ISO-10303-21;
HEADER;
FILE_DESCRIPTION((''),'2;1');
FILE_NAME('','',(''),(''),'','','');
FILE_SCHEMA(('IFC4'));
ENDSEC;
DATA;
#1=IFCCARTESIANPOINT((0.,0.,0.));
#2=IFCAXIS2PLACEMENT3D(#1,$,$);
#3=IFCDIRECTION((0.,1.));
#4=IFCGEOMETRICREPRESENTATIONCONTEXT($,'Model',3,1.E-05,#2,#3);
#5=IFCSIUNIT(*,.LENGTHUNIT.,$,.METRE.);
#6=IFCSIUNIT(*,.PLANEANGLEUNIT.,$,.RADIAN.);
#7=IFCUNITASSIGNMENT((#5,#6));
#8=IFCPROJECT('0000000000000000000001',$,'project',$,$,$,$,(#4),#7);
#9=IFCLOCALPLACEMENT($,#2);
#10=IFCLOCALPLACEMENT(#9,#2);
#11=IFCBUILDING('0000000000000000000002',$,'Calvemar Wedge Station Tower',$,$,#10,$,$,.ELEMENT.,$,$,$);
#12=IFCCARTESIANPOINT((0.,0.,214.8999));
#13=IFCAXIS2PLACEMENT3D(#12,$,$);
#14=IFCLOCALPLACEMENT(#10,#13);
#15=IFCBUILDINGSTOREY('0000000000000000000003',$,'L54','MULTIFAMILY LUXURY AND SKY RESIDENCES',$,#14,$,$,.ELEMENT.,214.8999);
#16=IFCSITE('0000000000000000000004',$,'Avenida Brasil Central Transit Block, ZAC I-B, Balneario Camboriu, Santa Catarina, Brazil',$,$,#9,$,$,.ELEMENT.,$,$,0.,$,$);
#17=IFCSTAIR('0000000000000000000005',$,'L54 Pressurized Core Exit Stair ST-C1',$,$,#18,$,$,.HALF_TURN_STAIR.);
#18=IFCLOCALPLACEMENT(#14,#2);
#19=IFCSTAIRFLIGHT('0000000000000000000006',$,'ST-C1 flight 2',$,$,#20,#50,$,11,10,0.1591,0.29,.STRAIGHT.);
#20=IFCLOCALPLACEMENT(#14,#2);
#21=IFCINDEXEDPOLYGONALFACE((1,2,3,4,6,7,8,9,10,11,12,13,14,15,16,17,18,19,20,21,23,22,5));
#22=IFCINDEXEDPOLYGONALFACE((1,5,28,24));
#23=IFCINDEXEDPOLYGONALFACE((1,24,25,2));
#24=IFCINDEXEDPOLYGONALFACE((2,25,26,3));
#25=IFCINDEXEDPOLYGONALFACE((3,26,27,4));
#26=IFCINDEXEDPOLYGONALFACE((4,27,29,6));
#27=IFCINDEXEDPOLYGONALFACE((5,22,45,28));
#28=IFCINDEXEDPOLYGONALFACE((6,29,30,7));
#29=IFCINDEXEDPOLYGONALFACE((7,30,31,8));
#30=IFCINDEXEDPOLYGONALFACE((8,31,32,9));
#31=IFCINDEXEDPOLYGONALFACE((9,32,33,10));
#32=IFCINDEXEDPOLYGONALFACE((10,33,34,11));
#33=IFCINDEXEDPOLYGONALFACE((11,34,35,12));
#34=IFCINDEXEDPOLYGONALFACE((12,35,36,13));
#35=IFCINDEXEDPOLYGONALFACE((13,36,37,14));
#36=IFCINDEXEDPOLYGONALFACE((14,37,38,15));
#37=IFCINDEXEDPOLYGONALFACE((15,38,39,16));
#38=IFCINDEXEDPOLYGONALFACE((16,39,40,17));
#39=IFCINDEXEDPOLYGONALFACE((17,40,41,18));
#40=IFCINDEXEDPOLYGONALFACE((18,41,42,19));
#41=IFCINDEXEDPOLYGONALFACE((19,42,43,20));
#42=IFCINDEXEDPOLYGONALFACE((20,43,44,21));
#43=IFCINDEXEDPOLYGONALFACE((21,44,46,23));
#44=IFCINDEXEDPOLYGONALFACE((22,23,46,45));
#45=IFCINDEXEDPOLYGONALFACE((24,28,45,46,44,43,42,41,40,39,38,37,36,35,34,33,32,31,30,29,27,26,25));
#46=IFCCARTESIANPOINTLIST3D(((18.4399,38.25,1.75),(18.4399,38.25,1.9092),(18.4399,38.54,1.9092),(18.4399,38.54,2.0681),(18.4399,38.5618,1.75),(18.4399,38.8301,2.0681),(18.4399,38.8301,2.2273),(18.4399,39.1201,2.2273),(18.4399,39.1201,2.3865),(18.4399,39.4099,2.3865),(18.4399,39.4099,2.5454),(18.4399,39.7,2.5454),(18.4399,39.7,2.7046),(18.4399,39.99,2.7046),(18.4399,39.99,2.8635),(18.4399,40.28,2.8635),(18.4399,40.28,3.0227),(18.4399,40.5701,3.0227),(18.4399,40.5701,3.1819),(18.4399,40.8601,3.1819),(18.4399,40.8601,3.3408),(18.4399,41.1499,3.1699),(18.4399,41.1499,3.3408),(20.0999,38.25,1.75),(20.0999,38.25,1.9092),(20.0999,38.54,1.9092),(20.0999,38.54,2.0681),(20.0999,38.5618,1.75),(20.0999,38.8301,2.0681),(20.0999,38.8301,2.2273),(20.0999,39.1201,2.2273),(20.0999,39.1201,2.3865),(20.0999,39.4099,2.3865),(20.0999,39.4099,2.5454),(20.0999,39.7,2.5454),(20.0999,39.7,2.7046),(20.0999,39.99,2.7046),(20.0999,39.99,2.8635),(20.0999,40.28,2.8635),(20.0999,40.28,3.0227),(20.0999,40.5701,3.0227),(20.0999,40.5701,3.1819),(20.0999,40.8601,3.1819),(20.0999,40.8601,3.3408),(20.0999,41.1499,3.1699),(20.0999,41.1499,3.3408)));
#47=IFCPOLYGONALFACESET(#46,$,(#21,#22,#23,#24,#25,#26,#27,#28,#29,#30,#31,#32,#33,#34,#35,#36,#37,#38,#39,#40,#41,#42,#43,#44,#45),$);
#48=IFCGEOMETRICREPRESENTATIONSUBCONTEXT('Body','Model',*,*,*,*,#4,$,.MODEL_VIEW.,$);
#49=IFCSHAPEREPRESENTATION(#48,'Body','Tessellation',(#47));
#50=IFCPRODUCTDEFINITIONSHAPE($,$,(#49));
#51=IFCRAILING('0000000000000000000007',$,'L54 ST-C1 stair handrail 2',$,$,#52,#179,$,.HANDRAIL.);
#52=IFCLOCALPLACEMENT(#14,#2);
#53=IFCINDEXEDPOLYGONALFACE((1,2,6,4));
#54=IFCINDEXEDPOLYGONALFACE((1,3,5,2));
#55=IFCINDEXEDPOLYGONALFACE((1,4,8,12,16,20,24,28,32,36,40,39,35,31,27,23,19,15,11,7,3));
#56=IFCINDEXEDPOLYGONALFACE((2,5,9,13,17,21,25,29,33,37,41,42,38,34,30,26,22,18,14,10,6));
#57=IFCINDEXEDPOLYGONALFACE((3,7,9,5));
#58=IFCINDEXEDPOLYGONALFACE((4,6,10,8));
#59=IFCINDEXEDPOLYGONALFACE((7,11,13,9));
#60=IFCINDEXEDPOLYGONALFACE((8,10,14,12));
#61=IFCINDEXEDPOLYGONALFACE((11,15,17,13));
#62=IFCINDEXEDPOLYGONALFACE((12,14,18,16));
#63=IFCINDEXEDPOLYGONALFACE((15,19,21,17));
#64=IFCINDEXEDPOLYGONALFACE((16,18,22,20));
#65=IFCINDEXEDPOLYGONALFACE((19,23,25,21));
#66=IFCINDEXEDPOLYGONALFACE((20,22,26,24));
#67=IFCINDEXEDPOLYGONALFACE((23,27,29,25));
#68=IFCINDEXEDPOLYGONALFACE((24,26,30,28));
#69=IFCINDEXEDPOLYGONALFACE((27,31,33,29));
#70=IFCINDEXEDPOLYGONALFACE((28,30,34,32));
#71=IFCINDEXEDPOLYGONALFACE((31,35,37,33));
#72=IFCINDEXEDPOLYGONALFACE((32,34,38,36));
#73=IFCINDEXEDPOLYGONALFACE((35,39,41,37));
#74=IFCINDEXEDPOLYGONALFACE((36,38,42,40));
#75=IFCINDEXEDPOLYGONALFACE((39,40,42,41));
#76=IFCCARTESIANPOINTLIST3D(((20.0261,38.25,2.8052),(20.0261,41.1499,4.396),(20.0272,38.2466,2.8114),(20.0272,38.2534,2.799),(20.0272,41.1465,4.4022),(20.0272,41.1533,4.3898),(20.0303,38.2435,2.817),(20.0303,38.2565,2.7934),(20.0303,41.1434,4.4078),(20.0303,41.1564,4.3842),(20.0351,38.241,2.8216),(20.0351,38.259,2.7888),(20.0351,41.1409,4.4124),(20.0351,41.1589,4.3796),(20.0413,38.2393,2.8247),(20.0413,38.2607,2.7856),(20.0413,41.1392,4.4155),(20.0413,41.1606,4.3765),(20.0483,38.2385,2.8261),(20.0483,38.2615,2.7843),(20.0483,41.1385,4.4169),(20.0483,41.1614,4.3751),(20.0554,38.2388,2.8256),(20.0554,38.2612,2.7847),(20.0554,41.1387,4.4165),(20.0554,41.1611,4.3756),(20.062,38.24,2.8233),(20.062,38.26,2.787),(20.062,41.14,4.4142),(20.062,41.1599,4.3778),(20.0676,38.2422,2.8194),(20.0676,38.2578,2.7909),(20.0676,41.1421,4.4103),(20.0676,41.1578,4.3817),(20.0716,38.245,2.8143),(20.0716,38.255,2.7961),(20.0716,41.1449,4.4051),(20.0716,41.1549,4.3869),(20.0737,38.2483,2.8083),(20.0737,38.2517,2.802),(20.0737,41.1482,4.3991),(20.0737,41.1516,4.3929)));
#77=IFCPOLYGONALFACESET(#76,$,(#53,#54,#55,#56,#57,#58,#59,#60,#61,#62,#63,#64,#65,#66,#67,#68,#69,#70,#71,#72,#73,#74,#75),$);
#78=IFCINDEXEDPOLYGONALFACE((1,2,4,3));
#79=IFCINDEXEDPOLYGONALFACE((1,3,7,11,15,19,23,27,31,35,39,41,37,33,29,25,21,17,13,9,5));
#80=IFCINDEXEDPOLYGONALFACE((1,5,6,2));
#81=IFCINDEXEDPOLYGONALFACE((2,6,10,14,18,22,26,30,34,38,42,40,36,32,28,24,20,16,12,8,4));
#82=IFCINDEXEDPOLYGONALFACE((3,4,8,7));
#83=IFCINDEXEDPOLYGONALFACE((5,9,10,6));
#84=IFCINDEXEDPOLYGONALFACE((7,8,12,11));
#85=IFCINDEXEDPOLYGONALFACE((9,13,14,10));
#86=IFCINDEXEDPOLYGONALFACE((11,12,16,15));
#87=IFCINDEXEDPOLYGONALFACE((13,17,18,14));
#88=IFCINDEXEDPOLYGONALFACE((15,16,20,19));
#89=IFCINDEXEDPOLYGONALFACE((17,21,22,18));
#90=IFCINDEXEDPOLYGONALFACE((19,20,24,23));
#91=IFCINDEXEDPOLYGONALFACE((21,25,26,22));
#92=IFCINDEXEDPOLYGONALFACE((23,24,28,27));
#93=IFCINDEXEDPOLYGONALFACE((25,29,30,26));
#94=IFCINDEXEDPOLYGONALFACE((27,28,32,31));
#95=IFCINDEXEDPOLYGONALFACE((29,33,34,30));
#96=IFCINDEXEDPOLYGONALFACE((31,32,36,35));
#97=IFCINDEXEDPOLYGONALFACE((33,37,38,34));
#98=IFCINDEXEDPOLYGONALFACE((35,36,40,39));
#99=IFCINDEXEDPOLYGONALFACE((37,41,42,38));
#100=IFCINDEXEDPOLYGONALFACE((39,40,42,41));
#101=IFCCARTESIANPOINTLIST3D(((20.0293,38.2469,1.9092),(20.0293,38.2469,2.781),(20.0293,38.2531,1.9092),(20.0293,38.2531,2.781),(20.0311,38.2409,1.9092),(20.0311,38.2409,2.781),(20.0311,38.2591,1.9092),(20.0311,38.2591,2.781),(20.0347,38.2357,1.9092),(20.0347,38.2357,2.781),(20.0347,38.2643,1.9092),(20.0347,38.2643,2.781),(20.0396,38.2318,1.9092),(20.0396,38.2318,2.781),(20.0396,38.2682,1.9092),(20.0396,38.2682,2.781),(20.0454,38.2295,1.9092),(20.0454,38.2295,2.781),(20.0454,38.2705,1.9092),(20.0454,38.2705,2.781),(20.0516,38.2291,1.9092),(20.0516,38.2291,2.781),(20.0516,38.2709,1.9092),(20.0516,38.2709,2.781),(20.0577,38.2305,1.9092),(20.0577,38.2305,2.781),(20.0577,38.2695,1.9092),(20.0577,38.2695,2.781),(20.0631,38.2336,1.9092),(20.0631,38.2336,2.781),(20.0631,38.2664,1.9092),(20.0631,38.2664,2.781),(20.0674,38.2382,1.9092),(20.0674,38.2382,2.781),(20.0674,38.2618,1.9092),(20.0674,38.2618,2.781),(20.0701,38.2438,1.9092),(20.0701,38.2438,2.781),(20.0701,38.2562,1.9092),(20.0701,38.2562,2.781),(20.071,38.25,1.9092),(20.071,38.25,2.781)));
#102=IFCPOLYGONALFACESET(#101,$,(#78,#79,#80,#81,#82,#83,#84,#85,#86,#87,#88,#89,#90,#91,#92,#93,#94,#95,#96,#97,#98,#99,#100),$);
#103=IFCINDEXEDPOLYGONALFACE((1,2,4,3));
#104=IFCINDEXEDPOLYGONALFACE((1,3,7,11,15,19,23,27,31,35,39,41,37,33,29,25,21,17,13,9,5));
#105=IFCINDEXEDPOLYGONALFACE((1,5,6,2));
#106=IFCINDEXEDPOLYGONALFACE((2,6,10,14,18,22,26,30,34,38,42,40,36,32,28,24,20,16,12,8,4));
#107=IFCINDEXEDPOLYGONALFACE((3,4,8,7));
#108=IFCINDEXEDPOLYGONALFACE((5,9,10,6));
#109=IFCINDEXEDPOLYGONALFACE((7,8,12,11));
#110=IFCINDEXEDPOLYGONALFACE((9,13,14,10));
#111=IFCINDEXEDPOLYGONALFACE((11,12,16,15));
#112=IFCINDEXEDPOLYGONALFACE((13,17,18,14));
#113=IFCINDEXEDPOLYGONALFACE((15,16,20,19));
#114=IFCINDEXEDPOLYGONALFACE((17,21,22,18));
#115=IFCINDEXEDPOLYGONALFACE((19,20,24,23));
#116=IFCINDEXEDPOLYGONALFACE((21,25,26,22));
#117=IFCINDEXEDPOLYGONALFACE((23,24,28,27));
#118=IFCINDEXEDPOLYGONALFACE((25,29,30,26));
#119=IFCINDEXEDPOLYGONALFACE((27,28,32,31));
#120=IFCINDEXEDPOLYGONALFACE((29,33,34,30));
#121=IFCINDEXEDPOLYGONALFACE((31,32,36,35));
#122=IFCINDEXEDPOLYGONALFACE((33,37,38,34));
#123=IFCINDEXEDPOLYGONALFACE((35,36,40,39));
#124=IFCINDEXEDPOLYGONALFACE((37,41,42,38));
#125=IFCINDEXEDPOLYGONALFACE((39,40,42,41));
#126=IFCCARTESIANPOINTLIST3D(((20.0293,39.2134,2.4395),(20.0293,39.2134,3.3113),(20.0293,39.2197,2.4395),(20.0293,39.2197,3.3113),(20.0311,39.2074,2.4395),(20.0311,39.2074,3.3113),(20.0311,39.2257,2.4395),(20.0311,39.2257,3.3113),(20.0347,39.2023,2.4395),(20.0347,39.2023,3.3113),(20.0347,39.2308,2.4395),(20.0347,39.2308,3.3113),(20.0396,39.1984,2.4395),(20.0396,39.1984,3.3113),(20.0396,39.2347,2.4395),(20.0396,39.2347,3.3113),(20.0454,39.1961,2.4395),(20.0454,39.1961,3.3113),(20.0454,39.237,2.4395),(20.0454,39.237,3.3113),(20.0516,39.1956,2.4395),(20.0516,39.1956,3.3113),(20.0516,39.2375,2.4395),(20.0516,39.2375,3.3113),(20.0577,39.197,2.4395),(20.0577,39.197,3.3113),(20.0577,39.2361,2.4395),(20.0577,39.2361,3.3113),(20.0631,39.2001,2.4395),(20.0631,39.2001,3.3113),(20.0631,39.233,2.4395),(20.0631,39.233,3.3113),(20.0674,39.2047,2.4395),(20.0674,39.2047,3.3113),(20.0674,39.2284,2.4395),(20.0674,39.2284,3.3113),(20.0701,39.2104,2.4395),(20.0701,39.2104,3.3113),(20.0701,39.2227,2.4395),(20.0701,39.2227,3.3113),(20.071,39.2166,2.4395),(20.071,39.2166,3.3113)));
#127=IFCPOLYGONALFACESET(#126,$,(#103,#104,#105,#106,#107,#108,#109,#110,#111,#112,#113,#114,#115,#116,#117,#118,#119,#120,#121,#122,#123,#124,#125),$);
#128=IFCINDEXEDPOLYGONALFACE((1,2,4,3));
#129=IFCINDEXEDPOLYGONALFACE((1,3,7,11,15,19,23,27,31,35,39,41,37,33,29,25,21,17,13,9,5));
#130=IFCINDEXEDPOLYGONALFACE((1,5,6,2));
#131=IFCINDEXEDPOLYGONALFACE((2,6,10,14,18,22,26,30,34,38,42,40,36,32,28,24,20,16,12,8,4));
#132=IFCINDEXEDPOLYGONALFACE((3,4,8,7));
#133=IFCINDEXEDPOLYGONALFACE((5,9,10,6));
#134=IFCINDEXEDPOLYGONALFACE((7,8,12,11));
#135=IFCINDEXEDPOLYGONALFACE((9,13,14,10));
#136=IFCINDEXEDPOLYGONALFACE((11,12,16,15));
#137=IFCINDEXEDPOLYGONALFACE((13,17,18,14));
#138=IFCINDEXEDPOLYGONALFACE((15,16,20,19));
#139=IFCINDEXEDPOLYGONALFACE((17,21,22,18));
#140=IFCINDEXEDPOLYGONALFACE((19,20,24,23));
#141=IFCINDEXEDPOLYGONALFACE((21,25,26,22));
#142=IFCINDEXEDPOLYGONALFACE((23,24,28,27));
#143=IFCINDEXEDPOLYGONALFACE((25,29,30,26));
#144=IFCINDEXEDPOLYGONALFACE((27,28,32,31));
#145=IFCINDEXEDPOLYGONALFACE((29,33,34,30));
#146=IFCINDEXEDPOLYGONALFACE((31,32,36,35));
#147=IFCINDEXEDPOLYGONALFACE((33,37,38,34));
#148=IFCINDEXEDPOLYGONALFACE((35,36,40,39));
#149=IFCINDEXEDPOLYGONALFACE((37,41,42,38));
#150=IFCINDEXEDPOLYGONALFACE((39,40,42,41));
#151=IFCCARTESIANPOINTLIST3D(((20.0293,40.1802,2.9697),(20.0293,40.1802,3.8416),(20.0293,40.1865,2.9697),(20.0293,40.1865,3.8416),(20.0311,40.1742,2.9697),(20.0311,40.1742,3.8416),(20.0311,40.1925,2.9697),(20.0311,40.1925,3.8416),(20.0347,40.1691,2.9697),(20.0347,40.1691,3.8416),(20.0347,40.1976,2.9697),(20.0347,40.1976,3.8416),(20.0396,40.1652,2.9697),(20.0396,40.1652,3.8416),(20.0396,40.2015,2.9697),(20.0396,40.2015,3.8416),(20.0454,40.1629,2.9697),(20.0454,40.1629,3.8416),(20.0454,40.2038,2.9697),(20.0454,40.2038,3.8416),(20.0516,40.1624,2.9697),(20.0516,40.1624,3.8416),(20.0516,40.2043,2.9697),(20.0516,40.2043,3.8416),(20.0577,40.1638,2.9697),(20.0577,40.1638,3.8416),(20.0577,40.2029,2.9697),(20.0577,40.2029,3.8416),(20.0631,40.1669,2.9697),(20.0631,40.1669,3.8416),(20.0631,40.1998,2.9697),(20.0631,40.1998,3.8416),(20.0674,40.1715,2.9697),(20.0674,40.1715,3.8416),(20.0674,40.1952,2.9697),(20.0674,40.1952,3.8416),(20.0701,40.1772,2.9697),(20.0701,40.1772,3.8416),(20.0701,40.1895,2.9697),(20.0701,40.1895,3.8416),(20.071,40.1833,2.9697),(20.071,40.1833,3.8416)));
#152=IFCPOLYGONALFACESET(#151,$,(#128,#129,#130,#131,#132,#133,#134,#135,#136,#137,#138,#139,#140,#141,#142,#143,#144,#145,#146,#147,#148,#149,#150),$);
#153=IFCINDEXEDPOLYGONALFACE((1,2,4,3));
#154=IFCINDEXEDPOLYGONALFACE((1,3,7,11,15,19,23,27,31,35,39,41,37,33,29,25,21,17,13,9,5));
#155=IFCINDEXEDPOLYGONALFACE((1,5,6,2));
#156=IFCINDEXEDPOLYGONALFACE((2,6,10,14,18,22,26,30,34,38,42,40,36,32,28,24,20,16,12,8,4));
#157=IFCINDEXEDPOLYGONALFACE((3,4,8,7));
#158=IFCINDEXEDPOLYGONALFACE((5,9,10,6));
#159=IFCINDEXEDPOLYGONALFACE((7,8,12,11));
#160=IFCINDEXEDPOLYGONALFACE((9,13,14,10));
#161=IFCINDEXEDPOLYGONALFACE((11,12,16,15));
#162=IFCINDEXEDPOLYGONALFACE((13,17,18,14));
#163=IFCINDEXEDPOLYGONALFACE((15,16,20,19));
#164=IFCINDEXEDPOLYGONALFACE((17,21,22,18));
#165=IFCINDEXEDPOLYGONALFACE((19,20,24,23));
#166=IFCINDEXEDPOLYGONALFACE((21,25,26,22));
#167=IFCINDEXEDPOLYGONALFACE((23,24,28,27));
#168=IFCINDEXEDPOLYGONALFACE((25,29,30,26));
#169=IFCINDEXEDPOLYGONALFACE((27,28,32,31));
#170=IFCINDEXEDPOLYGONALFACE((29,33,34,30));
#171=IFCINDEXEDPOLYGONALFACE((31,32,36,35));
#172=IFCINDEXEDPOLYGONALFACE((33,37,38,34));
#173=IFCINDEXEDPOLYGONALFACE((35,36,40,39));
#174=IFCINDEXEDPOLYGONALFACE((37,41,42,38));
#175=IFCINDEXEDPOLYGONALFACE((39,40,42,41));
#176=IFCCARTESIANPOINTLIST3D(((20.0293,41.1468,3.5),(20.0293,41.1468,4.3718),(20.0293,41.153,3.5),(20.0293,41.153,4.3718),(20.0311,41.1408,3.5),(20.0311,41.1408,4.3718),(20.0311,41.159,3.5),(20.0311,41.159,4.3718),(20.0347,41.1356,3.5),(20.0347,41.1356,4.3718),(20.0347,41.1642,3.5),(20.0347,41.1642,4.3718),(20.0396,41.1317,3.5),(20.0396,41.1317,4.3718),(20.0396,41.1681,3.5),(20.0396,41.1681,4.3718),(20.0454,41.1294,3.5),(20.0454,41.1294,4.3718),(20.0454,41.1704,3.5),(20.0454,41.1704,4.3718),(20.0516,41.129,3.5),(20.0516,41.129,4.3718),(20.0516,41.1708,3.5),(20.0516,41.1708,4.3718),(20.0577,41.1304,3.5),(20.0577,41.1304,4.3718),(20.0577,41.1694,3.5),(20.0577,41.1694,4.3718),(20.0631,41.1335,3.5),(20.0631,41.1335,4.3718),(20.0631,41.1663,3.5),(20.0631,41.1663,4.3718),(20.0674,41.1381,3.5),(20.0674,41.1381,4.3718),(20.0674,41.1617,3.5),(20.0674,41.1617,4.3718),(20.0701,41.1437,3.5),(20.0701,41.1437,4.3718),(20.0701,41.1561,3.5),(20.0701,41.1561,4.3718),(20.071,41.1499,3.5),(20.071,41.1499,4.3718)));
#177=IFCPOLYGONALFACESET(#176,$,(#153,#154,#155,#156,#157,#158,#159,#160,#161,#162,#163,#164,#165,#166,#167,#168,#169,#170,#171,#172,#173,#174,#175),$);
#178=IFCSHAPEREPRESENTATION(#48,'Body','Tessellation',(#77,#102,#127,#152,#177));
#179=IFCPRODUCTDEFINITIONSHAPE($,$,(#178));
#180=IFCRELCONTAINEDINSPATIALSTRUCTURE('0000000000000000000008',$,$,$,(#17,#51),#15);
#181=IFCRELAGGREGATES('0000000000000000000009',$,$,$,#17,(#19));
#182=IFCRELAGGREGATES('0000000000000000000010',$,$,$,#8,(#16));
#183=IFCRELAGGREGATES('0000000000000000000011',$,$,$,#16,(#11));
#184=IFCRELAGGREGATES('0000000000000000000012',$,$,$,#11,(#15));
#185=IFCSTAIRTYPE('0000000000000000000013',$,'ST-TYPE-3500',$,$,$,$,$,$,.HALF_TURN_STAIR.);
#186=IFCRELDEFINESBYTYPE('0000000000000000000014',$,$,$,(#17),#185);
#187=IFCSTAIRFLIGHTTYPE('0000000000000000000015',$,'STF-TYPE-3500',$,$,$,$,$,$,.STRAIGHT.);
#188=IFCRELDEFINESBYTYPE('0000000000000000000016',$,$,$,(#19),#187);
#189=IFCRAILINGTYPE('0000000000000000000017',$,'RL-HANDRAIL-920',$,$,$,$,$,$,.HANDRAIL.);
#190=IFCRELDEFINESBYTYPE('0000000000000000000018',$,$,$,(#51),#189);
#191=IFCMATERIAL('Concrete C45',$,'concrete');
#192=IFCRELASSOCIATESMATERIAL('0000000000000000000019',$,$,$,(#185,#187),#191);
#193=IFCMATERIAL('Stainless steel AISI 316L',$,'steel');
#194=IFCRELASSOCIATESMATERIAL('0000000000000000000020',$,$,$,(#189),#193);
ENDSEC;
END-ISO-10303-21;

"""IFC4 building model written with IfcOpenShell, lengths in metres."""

from ifc_helpers import new_model, si_unit, direction, frame, origin, origin_2d, place, context, subcontext, project, spatial, polyline, circle, outline, extrude, material, type_object, element, aggregate, save


model = new_model("IFC4")

# Units and contexts
model_context = context("Model", 3, precision=1e-05, world=origin(), true_north=direction((0.0, 1.0)))
body_context = subcontext(model_context, "Body", "Model", "MODEL_VIEW")
ifc_project = project(units=[si_unit("LENGTHUNIT", "METRE"), si_unit("PLANEANGLEUNIT", "RADIAN")], contexts=[model_context])

# Site, building, storey
site_placement = place(None, origin())
site = spatial("IfcSite", under=ifc_project, at=site_placement, Name="Avenida Brasil Central Transit Block, ZAC I-B, Balneario Camboriu, Santa Catarina, Brazil", CompositionType="ELEMENT", RefElevation=0.0)
building_placement = place(site_placement, origin())
building = spatial("IfcBuilding", under=site, at=building_placement, Name="Calvemar Wedge Station Tower", CompositionType="ELEMENT")
storey_placement = place(building_placement, frame((0.0, 0.0, 214.8999)))
storey = spatial("IfcBuildingStorey", under=building, at=storey_placement, Name="L54", Description="MULTIFAMILY LUXURY AND SKY RESIDENCES", CompositionType="ELEMENT", Elevation=214.8999)

# Stair, stair flight
ifc_material_1 = material(Name="Concrete C45", Category="concrete")
stair_type = type_object("IfcStairType", Name="ST-TYPE-3500", PredefinedType="HALF_TURN_STAIR", material=ifc_material_1)
stair_placement = place(storey_placement, origin())
stair = element("IfcStair", 1, at=stair_placement, inside=storey, type_object=stair_type, Name="L54 Pressurized Core Exit Stair ST-C1", PredefinedType="HALF_TURN_STAIR")
stair_flight_type = type_object("IfcStairFlightType", Name="STF-TYPE-3500", PredefinedType="STRAIGHT", material=ifc_material_1)
stair_flight_placement = place(storey_placement, frame((19.27, 38.25, 1.75), z_axis=(0.0, 0.0, 1.0), x_axis=(0.0, 1.0, 0.0)))
stair_flight = element("IfcStairFlight", 2, at=stair_flight_placement, type_object=stair_flight_type, Name="ST-C1 flight 2", NumberOfRisers=11, NumberOfTreads=10, PredefinedType="STRAIGHT", RiserHeight=0.1591, TreadLength=0.29, context=body_context, shape_type="SweptSolid", body=[
    extrude(outline(polyline([(0.0, 0.0), (0.0, 0.1592), (0.29, 0.1592), (0.29, 0.3181), (0.5801, 0.3181), (0.5801, 0.4773), (0.8701, 0.4773), (0.8701, 0.6365), (1.1599, 0.6365), (1.1599, 0.7954), (1.45, 0.7954), (1.45, 0.9546), (1.74, 0.9546), (1.74, 1.1135), (2.03, 1.1135), (2.03, 1.2727), (2.3201, 1.2727), (2.3201, 1.4319), (2.6101, 1.4319), (2.6101, 1.5908), (2.8999, 1.5908), (2.8999, 1.75), (2.8999, 1.4199), (0.3118, 0.0), (0.0, 0.0)])), frame((0.0, 0.8301, 0.0), z_axis=(0.0, -1.0, 0.0), x_axis=(1.0, 0.0, 0.0)), (0.0, 0.0, 1.0), 1.6599),
])
aggregate(stair, [stair_flight])

# Railing
ifc_material_2 = material(Name="Stainless steel AISI 316L", Category="steel")
railing_type_1 = type_object("IfcRailingType", Name="RL-HANDRAIL-920", PredefinedType="HANDRAIL", material=ifc_material_2)
railing_1_placement = place(storey_placement, frame((20.05, 38.25, 1.9092)))
element("IfcRailing", 3, at=railing_1_placement, inside=storey, type_object=railing_type_1, Name="L54 ST-C1 stair handrail 2", PredefinedType="HANDRAIL", context=body_context, shape_type="SweptSolid", body=[
    extrude(circle(Radius=0.0239, at=origin_2d()), frame((0.0, 0.0, 0.896), z_axis=(0.0, 0.876742, 0.480961), x_axis=(-1.0, 0.0, 0.0)), (0.0, 0.0, 1.0), 3.3076),
    extrude(circle(Radius=0.021, at=origin_2d()), origin(), (0.0, 0.0, 1.0), 0.8718),
    extrude(circle(Radius=0.021, at=origin_2d()), frame((0.0, 0.9666, 0.5303)), (0.0, 0.0, 1.0), 0.8718),
    extrude(circle(Radius=0.021, at=origin_2d()), frame((0.0, 1.9333, 1.0605)), (0.0, 0.0, 1.0), 0.8718),
    extrude(circle(Radius=0.021, at=origin_2d()), frame((0.0, 2.8999, 1.5908)), (0.0, 0.0, 1.0), 0.8718),
])

save(model, "model.ifc")
